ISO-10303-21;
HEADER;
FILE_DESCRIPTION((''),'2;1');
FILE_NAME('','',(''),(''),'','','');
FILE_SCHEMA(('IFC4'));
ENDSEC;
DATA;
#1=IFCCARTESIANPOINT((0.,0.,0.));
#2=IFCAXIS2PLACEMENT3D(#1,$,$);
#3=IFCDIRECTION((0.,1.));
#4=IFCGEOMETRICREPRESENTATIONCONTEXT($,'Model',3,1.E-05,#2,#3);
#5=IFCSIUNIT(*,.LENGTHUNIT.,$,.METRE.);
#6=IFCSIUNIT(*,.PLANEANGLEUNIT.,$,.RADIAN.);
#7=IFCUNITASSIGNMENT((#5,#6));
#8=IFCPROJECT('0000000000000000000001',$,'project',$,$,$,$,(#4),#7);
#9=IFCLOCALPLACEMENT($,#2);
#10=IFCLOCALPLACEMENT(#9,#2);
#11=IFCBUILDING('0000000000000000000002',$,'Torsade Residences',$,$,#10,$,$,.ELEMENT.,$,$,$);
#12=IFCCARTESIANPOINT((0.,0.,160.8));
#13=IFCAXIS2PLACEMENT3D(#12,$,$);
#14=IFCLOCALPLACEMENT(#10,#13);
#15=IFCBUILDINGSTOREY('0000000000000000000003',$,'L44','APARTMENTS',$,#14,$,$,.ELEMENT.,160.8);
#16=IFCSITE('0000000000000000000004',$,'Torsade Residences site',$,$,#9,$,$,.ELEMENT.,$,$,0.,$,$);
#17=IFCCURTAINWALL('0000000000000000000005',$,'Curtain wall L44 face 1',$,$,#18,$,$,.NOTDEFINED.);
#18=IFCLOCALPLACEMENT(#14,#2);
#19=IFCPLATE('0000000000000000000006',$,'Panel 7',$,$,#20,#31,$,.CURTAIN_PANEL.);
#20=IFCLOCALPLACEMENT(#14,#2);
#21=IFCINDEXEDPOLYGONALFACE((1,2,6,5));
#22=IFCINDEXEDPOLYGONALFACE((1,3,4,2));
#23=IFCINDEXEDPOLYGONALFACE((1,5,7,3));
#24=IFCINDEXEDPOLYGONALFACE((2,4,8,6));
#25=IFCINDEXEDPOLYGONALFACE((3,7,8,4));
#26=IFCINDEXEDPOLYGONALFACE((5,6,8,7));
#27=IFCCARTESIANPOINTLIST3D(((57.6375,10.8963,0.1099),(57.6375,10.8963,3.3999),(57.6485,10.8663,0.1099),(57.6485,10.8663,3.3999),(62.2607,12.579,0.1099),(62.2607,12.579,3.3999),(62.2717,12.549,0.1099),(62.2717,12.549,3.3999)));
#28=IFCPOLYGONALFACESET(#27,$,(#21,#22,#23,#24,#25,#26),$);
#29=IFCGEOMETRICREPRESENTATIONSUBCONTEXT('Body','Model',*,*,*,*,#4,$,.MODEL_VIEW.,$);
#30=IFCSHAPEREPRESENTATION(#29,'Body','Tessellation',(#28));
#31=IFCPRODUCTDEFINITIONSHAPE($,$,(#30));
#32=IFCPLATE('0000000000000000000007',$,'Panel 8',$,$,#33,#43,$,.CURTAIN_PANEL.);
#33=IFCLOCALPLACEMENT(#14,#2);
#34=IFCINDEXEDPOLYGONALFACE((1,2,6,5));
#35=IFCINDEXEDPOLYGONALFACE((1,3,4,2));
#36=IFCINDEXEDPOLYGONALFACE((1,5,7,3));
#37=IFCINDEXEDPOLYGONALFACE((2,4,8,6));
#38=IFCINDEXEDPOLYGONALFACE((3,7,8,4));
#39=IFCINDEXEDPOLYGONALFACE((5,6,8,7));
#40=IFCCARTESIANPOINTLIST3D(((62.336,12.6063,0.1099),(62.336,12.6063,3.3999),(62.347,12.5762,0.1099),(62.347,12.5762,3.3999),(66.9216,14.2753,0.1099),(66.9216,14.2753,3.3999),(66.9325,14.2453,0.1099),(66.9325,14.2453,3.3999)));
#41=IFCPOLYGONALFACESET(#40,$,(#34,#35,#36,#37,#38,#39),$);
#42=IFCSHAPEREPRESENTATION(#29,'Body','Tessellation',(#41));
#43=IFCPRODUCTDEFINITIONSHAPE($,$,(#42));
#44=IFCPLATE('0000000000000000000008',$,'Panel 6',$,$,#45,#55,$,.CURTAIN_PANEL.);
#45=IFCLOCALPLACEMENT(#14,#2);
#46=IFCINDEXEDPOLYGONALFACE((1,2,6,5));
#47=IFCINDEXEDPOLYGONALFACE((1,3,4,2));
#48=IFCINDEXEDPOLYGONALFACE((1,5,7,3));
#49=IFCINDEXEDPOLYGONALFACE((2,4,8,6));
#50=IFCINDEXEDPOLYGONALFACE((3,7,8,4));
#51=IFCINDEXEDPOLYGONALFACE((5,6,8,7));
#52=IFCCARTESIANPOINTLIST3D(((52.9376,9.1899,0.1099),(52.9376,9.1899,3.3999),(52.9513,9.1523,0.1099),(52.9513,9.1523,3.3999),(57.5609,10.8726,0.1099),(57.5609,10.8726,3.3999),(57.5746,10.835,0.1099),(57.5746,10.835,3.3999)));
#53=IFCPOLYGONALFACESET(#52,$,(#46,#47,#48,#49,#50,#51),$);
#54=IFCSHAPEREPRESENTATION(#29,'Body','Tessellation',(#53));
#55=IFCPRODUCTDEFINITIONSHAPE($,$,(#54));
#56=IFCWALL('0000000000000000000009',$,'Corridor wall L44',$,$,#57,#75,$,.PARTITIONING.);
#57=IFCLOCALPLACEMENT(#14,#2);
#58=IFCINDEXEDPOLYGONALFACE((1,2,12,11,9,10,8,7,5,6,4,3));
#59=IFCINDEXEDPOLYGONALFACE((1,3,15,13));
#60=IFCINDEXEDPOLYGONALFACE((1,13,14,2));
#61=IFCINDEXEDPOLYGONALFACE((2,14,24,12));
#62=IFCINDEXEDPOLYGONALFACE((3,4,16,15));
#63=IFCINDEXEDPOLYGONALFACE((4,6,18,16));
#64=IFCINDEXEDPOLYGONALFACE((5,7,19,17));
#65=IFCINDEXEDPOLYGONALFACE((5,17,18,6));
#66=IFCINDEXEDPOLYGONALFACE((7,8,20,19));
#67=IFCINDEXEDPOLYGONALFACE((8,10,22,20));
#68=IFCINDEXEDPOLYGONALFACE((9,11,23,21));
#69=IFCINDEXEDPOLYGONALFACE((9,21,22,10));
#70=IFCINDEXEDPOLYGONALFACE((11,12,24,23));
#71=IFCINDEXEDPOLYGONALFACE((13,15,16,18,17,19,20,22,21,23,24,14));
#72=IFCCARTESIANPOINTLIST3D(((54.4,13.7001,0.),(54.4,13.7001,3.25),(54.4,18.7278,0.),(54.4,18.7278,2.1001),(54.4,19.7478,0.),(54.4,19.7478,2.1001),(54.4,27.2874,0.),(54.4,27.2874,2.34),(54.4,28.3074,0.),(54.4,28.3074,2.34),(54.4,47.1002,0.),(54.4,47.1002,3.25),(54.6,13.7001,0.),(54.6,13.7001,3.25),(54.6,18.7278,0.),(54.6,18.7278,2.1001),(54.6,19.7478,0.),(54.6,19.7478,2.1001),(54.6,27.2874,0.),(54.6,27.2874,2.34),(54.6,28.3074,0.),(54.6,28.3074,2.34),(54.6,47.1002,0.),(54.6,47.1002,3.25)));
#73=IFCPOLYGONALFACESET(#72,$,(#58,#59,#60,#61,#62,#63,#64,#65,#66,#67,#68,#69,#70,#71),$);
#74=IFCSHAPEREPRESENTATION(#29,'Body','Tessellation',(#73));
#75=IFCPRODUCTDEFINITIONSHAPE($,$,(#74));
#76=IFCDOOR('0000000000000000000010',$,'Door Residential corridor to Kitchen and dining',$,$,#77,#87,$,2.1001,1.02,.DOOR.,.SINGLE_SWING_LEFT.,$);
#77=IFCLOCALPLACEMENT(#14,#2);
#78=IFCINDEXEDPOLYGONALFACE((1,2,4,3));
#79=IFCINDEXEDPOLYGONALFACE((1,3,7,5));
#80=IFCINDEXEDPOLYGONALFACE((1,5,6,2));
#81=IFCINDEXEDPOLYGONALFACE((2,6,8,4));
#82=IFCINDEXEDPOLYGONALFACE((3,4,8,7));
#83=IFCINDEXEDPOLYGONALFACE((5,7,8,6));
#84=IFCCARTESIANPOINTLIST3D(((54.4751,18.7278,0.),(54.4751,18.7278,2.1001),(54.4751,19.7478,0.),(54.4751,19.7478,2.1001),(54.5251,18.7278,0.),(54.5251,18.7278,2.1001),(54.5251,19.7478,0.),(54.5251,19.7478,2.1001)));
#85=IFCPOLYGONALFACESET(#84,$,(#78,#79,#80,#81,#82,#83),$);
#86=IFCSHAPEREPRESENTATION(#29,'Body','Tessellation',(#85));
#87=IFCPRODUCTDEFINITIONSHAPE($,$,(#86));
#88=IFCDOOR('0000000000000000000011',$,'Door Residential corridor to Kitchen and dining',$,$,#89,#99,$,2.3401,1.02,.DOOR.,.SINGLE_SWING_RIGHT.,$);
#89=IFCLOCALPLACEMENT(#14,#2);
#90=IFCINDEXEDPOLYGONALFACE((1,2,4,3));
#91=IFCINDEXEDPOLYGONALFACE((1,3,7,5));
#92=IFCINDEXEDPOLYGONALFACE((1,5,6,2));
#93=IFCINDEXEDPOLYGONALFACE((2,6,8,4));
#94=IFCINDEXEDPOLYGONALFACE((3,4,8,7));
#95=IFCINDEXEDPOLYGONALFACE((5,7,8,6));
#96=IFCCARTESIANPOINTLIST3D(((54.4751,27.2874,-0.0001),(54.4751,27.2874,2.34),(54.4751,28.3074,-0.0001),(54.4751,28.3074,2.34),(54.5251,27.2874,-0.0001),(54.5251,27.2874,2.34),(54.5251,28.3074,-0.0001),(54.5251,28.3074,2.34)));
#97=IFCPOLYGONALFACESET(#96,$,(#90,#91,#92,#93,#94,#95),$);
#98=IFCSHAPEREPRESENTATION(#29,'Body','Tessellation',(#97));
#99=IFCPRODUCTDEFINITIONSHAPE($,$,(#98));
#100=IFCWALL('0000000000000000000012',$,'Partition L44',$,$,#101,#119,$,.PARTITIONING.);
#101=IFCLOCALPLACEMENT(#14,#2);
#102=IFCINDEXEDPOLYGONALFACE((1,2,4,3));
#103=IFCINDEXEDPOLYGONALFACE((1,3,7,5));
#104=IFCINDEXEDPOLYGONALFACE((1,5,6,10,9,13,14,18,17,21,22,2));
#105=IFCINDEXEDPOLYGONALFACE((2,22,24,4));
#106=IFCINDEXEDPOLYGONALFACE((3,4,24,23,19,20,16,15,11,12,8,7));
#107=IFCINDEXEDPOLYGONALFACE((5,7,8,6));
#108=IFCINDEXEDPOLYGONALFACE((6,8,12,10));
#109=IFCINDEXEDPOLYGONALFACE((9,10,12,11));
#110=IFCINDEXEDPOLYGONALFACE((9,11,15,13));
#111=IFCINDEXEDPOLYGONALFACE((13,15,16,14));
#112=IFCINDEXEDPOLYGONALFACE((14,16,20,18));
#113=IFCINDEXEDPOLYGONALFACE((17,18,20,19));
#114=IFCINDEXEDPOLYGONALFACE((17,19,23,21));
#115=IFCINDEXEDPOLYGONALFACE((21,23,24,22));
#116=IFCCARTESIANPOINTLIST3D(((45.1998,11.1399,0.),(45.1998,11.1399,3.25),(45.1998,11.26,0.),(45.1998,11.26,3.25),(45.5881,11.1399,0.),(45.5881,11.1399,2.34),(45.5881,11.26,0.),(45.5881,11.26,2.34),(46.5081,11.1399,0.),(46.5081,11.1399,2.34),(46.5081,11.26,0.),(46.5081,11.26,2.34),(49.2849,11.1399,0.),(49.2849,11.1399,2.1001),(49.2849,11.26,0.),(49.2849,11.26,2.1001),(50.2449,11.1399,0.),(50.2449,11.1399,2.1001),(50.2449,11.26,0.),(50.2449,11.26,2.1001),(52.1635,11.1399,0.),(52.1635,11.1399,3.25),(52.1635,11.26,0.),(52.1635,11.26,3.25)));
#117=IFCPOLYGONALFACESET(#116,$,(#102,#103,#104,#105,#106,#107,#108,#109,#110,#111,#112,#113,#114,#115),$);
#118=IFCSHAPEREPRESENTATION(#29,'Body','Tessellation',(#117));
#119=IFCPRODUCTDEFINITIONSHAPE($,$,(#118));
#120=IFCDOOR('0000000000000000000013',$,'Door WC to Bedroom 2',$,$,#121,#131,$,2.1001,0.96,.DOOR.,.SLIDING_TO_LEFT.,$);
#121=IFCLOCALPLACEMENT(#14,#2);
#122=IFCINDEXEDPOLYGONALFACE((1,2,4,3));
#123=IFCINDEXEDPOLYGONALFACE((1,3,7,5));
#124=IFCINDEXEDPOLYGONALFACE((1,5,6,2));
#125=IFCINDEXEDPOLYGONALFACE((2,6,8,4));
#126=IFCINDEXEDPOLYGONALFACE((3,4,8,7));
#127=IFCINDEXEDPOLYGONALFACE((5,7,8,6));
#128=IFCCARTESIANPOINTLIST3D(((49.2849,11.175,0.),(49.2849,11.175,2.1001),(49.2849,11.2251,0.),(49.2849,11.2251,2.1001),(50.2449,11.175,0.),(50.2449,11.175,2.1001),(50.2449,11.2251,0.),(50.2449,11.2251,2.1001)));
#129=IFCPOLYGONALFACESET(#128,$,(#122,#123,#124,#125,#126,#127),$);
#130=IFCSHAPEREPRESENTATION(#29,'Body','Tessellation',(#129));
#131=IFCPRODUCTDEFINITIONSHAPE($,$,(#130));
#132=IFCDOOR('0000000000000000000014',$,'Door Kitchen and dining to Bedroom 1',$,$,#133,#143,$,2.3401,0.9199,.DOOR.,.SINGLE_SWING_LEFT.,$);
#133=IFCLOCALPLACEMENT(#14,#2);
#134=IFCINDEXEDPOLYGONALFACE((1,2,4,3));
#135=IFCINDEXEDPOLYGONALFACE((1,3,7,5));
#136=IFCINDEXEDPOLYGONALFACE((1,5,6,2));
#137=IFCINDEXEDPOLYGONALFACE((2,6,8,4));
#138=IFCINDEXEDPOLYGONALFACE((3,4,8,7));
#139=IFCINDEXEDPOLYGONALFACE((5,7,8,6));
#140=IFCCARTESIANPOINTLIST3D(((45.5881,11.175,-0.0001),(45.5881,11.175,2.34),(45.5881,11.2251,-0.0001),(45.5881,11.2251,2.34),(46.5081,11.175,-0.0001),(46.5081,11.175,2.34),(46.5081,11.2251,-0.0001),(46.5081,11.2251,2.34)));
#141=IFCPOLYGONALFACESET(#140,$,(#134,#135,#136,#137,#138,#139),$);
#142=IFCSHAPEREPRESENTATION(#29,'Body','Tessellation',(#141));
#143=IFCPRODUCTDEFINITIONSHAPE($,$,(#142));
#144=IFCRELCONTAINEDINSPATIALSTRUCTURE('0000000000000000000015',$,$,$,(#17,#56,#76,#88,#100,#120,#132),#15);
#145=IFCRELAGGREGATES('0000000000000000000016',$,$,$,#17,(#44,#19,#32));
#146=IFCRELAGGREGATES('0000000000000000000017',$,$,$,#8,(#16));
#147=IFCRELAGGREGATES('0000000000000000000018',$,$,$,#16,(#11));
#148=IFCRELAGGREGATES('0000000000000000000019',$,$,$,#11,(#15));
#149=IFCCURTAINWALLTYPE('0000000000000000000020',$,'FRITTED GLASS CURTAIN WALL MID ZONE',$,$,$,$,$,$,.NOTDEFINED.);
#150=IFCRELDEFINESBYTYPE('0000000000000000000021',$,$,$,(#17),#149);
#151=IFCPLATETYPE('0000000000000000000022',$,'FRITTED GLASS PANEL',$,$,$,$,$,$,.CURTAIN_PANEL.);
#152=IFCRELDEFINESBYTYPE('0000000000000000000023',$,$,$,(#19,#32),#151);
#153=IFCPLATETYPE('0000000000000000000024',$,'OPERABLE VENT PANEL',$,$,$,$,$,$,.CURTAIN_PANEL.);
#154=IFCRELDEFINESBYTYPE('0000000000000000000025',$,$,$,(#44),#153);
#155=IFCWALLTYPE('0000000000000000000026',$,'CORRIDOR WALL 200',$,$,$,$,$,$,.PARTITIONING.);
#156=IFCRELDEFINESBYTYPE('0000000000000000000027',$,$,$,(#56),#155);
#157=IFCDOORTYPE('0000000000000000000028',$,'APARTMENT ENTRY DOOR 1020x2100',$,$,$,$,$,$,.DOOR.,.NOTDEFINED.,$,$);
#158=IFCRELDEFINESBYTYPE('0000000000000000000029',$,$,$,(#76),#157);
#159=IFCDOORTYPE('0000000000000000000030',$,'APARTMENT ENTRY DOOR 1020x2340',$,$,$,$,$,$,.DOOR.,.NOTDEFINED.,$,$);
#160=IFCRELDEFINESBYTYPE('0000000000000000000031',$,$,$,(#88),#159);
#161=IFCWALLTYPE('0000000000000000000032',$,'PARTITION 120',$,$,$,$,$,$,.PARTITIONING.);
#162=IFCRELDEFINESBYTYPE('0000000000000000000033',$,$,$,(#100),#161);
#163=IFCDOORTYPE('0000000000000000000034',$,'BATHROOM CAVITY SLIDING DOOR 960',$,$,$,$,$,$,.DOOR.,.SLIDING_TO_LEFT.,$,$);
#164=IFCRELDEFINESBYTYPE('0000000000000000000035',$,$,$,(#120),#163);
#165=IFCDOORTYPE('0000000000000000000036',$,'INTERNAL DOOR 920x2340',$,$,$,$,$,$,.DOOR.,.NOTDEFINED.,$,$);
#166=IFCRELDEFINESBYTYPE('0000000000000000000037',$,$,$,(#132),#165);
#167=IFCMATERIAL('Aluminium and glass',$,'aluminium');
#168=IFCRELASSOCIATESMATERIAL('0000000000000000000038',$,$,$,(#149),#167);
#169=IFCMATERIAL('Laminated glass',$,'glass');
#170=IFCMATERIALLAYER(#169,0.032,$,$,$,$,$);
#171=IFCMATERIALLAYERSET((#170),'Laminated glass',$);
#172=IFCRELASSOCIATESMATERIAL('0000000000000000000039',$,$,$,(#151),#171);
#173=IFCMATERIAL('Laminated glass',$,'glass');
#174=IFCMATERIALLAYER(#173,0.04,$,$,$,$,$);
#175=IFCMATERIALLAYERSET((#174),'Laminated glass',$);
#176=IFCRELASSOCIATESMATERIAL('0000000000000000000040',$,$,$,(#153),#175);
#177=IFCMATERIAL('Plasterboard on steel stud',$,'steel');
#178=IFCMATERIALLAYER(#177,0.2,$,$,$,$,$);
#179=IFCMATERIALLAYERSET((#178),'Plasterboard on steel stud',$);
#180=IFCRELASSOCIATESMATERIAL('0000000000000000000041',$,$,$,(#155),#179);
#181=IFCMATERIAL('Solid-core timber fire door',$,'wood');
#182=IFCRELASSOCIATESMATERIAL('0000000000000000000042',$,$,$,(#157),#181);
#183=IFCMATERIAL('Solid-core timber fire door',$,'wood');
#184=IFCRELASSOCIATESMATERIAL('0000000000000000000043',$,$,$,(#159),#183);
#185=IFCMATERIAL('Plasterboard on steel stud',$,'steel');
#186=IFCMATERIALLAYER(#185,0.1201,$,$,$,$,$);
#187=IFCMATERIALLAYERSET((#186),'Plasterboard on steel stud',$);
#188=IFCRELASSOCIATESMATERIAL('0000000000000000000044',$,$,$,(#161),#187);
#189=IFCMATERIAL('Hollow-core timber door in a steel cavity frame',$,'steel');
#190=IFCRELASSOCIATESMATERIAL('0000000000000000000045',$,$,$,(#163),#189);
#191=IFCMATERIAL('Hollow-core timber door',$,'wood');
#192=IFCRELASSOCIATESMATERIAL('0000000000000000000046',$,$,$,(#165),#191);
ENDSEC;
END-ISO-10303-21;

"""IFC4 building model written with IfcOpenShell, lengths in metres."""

from ifc_helpers import new_model, si_unit, direction, frame, frame_2d, origin, origin_2d, place, context, subcontext, project, spatial, rectangle, extrude, material, layer, layer_set, type_object, element, fill, aggregate, save


model = new_model("IFC4")

# Units and contexts
model_context = context("Model", 3, precision=1e-05, world=origin(), true_north=direction((0.0, 1.0)))
body_context = subcontext(model_context, "Body", "Model", "MODEL_VIEW")
ifc_project = project(units=[si_unit("LENGTHUNIT", "METRE"), si_unit("PLANEANGLEUNIT", "RADIAN")], contexts=[model_context])

# Site, building, storey
site_placement = place(None, origin())
site = spatial("IfcSite", under=ifc_project, at=site_placement, Name="Torsade Residences site", CompositionType="ELEMENT", RefElevation=0.0)
building_placement = place(site_placement, origin())
building = spatial("IfcBuilding", under=site, at=building_placement, Name="Torsade Residences", CompositionType="ELEMENT")
storey_placement = place(building_placement, frame((0.0, 0.0, 160.8)))
storey = spatial("IfcBuildingStorey", under=building, at=storey_placement, Name="L44", Description="APARTMENTS", CompositionType="ELEMENT", Elevation=160.8)

# Curtain wall
ifc_material_1 = material(Name="Aluminium and glass", Category="aluminium")
curtain_wall_type = type_object("IfcCurtainWallType", Name="FRITTED GLASS CURTAIN WALL MID ZONE", PredefinedType="NOTDEFINED", material=ifc_material_1)
curtain_wall_placement = place(storey_placement, origin())
curtain_wall = element("IfcCurtainWall", 1, at=curtain_wall_placement, inside=storey, type_object=curtain_wall_type, Name="Curtain wall L44 face 1", PredefinedType="NOTDEFINED")

# Plates
ifc_material_2 = material(Name="Laminated glass", Category="glass")
ifc_layer_1 = layer(ifc_material_2, 0.032)
ifc_layer_set_1 = layer_set([ifc_layer_1], Name="Laminated glass")
plate_type_1 = type_object("IfcPlateType", Name="FRITTED GLASS PANEL", PredefinedType="CURTAIN_PANEL", material=ifc_layer_set_1)
plate_1_placement = place(storey_placement, frame((59.9546, 11.7227, 0.1099), z_axis=(0.0, 0.0, 1.0), x_axis=(0.939693, 0.34202, 0.0)))
plate_1 = element("IfcPlate", 2, at=plate_1_placement, type_object=plate_type_1, Name="Panel 7", PredefinedType="CURTAIN_PANEL", context=body_context, shape_type="SweptSolid", body=[
    extrude(rectangle(XDim=4.9199, YDim=0.032, at=origin_2d()), origin(), (0.0, 0.0, 1.0), 3.29),
])
plate_2_placement = place(storey_placement, frame((64.6343, 13.4258, 0.1099), z_axis=(0.0, 0.0, 1.0), x_axis=(0.939693, 0.34202, 0.0)))
plate_2 = element("IfcPlate", 3, at=plate_2_placement, type_object=plate_type_1, Name="Panel 8", PredefinedType="CURTAIN_PANEL", context=body_context, shape_type="SweptSolid", body=[
    extrude(rectangle(XDim=4.8799, YDim=0.032, at=origin_2d()), origin(), (0.0, 0.0, 1.0), 3.29),
])
ifc_material_3 = material(Name="Laminated glass", Category="glass")
ifc_layer_2 = layer(ifc_material_3, 0.04)
ifc_layer_set_2 = layer_set([ifc_layer_2], Name="Laminated glass")
plate_type_2 = type_object("IfcPlateType", Name="OPERABLE VENT PANEL", PredefinedType="CURTAIN_PANEL", material=ifc_layer_set_2)
plate_3_placement = place(storey_placement, frame((55.2561, 10.0125, 0.1099), z_axis=(0.0, 0.0, 1.0), x_axis=(0.939693, 0.34202, 0.0)))
plate_3 = element("IfcPlate", 4, at=plate_3_placement, type_object=plate_type_2, Name="Panel 6", PredefinedType="CURTAIN_PANEL", context=body_context, shape_type="SweptSolid", body=[
    extrude(rectangle(XDim=4.9199, YDim=0.04, at=origin_2d()), origin(), (0.0, 0.0, 1.0), 3.29),
])
aggregate(curtain_wall, [plate_3, plate_1, plate_2])

# Walls, openings, doors
ifc_material_4 = material(Name="Plasterboard on steel stud", Category="steel")
ifc_layer_3 = layer(ifc_material_4, 0.2)
ifc_layer_set_3 = layer_set([ifc_layer_3], Name="Plasterboard on steel stud")
wall_type_1 = type_object("IfcWallType", Name="CORRIDOR WALL 200", PredefinedType="PARTITIONING", material=ifc_layer_set_3)
wall_1_placement = place(storey_placement, frame((54.5, 13.7, 0.0), z_axis=(0.0, 0.0, 1.0), x_axis=(0.0, 1.0, 0.0)))
wall_1 = element("IfcWall", 5, at=wall_1_placement, inside=storey, type_object=wall_type_1, Name="Corridor wall L44", PredefinedType="PARTITIONING", context=body_context, shape_type="SweptSolid", body=[
    extrude(rectangle(XDim=33.4001, YDim=0.2, at=frame_2d((16.7002, 0.0))), origin(), (0.0, 0.0, 1.0), 3.25),
])
opening_1_placement = place(wall_1_placement, frame((5.0278, 0.0, 0.0)))
opening_1 = element("IfcOpeningElement", 6, at=opening_1_placement, cuts=wall_1, PredefinedType="OPENING", context=body_context, shape_type="SweptSolid", body=[
    extrude(rectangle(XDim=1.02, YDim=2.1001, at=frame_2d((0.51, 1.05))), frame((0.0, 0.1099, 0.0), z_axis=(0.0, -1.0, 0.0), x_axis=(1.0, 0.0, 0.0)), (0.0, 0.0, 1.0), 0.22),
])
opening_2_placement = place(wall_1_placement, frame((13.5874, 0.0, 0.0)))
opening_2 = element("IfcOpeningElement", 7, at=opening_2_placement, cuts=wall_1, PredefinedType="OPENING", context=body_context, shape_type="SweptSolid", body=[
    extrude(rectangle(XDim=1.02, YDim=2.3401, at=frame_2d((0.51, 1.1699))), frame((0.0, 0.1099, 0.0), z_axis=(0.0, -1.0, 0.0), x_axis=(1.0, 0.0, 0.0)), (0.0, 0.0, 1.0), 0.22),
])
ifc_material_5 = material(Name="Solid-core timber fire door", Category="wood")
door_type_1 = type_object("IfcDoorType", Name="APARTMENT ENTRY DOOR 1020x2100", OperationType="NOTDEFINED", PredefinedType="DOOR", material=ifc_material_5)
door_1_placement = place(opening_1_placement, origin())
door_1 = element("IfcDoor", 8, at=door_1_placement, inside=storey, type_object=door_type_1, Name="Door Residential corridor to Kitchen and dining", OperationType="SINGLE_SWING_LEFT", OverallHeight=2.1001, OverallWidth=1.02, PredefinedType="DOOR", context=body_context, shape_type="SweptSolid", body=[
    extrude(rectangle(XDim=1.02, YDim=2.1001, at=frame_2d((0.51, 1.05))), frame((0.0, 0.0249, 0.0), z_axis=(0.0, -1.0, 0.0), x_axis=(1.0, 0.0, 0.0)), (0.0, 0.0, 1.0), 0.05),
])
fill(opening_1, door_1)
ifc_material_6 = material(Name="Solid-core timber fire door", Category="wood")
door_type_2 = type_object("IfcDoorType", Name="APARTMENT ENTRY DOOR 1020x2340", OperationType="NOTDEFINED", PredefinedType="DOOR", material=ifc_material_6)
door_2_placement = place(opening_2_placement, origin())
door_2 = element("IfcDoor", 9, at=door_2_placement, inside=storey, type_object=door_type_2, Name="Door Residential corridor to Kitchen and dining", OperationType="SINGLE_SWING_RIGHT", OverallHeight=2.3401, OverallWidth=1.02, PredefinedType="DOOR", context=body_context, shape_type="SweptSolid", body=[
    extrude(rectangle(XDim=1.02, YDim=2.3401, at=frame_2d((0.51, 1.1699))), frame((0.0, 0.0249, 0.0), z_axis=(0.0, -1.0, 0.0), x_axis=(1.0, 0.0, 0.0)), (0.0, 0.0, 1.0), 0.05),
])
fill(opening_2, door_2)
ifc_material_7 = material(Name="Plasterboard on steel stud", Category="steel")
ifc_layer_4 = layer(ifc_material_7, 0.1201)
ifc_layer_set_4 = layer_set([ifc_layer_4], Name="Plasterboard on steel stud")
wall_type_2 = type_object("IfcWallType", Name="PARTITION 120", PredefinedType="PARTITIONING", material=ifc_layer_set_4)
wall_2_placement = place(storey_placement, frame((52.1636, 11.2, 0.0), z_axis=(0.0, 0.0, 1.0), x_axis=(-1.0, 0.0, 0.0)))
wall_2 = element("IfcWall", 10, at=wall_2_placement, inside=storey, type_object=wall_type_2, Name="Partition L44", PredefinedType="PARTITIONING", context=body_context, shape_type="SweptSolid", body=[
    extrude(rectangle(XDim=6.9636, YDim=0.1201, at=frame_2d((3.4819, 0.0))), origin(), (0.0, 0.0, 1.0), 3.25),
])
opening_3_placement = place(wall_2_placement, frame((5.6555, 0.0, 0.0)))
opening_3 = element("IfcOpeningElement", 11, at=opening_3_placement, cuts=wall_2, PredefinedType="OPENING", context=body_context, shape_type="SweptSolid", body=[
    extrude(rectangle(XDim=0.9199, YDim=2.3401, at=frame_2d((0.46, 1.1699))), frame((0.0, 0.0701, 0.0), z_axis=(0.0, -1.0, 0.0), x_axis=(1.0, 0.0, 0.0)), (0.0, 0.0, 1.0), 0.1401),
])
opening_4_placement = place(wall_2_placement, frame((1.9187, 0.0, 0.0)))
opening_4 = element("IfcOpeningElement", 12, at=opening_4_placement, cuts=wall_2, PredefinedType="OPENING", context=body_context, shape_type="SweptSolid", body=[
    extrude(rectangle(XDim=0.96, YDim=2.1001, at=frame_2d((0.48, 1.05))), frame((0.0, 0.0701, 0.0), z_axis=(0.0, -1.0, 0.0), x_axis=(1.0, 0.0, 0.0)), (0.0, 0.0, 1.0), 0.1401),
])
ifc_material_8 = material(Name="Hollow-core timber door in a steel cavity frame", Category="steel")
door_type_3 = type_object("IfcDoorType", Name="BATHROOM CAVITY SLIDING DOOR 960", OperationType="SLIDING_TO_LEFT", PredefinedType="DOOR", material=ifc_material_8)
door_3_placement = place(opening_4_placement, origin())
door_3 = element("IfcDoor", 13, at=door_3_placement, inside=storey, type_object=door_type_3, Name="Door WC to Bedroom 2", OperationType="SLIDING_TO_LEFT", OverallHeight=2.1001, OverallWidth=0.96, PredefinedType="DOOR", context=body_context, shape_type="SweptSolid", body=[
    extrude(rectangle(XDim=0.96, YDim=2.1001, at=frame_2d((0.48, 1.05))), frame((0.0, 0.0249, 0.0), z_axis=(0.0, -1.0, 0.0), x_axis=(1.0, 0.0, 0.0)), (0.0, 0.0, 1.0), 0.05),
])
fill(opening_4, door_3)
ifc_material_9 = material(Name="Hollow-core timber door", Category="wood")
door_type_4 = type_object("IfcDoorType", Name="INTERNAL DOOR 920x2340", OperationType="NOTDEFINED", PredefinedType="DOOR", material=ifc_material_9)
door_4_placement = place(opening_3_placement, origin())
door_4 = element("IfcDoor", 14, at=door_4_placement, inside=storey, type_object=door_type_4, Name="Door Kitchen and dining to Bedroom 1", OperationType="SINGLE_SWING_LEFT", OverallHeight=2.3401, OverallWidth=0.9199, PredefinedType="DOOR", context=body_context, shape_type="SweptSolid", body=[
    extrude(rectangle(XDim=0.9199, YDim=2.3401, at=frame_2d((0.46, 1.1699))), frame((0.0, 0.0249, 0.0), z_axis=(0.0, -1.0, 0.0), x_axis=(1.0, 0.0, 0.0)), (0.0, 0.0, 1.0), 0.05),
])
fill(opening_3, door_4)

save(model, "model.ifc")
